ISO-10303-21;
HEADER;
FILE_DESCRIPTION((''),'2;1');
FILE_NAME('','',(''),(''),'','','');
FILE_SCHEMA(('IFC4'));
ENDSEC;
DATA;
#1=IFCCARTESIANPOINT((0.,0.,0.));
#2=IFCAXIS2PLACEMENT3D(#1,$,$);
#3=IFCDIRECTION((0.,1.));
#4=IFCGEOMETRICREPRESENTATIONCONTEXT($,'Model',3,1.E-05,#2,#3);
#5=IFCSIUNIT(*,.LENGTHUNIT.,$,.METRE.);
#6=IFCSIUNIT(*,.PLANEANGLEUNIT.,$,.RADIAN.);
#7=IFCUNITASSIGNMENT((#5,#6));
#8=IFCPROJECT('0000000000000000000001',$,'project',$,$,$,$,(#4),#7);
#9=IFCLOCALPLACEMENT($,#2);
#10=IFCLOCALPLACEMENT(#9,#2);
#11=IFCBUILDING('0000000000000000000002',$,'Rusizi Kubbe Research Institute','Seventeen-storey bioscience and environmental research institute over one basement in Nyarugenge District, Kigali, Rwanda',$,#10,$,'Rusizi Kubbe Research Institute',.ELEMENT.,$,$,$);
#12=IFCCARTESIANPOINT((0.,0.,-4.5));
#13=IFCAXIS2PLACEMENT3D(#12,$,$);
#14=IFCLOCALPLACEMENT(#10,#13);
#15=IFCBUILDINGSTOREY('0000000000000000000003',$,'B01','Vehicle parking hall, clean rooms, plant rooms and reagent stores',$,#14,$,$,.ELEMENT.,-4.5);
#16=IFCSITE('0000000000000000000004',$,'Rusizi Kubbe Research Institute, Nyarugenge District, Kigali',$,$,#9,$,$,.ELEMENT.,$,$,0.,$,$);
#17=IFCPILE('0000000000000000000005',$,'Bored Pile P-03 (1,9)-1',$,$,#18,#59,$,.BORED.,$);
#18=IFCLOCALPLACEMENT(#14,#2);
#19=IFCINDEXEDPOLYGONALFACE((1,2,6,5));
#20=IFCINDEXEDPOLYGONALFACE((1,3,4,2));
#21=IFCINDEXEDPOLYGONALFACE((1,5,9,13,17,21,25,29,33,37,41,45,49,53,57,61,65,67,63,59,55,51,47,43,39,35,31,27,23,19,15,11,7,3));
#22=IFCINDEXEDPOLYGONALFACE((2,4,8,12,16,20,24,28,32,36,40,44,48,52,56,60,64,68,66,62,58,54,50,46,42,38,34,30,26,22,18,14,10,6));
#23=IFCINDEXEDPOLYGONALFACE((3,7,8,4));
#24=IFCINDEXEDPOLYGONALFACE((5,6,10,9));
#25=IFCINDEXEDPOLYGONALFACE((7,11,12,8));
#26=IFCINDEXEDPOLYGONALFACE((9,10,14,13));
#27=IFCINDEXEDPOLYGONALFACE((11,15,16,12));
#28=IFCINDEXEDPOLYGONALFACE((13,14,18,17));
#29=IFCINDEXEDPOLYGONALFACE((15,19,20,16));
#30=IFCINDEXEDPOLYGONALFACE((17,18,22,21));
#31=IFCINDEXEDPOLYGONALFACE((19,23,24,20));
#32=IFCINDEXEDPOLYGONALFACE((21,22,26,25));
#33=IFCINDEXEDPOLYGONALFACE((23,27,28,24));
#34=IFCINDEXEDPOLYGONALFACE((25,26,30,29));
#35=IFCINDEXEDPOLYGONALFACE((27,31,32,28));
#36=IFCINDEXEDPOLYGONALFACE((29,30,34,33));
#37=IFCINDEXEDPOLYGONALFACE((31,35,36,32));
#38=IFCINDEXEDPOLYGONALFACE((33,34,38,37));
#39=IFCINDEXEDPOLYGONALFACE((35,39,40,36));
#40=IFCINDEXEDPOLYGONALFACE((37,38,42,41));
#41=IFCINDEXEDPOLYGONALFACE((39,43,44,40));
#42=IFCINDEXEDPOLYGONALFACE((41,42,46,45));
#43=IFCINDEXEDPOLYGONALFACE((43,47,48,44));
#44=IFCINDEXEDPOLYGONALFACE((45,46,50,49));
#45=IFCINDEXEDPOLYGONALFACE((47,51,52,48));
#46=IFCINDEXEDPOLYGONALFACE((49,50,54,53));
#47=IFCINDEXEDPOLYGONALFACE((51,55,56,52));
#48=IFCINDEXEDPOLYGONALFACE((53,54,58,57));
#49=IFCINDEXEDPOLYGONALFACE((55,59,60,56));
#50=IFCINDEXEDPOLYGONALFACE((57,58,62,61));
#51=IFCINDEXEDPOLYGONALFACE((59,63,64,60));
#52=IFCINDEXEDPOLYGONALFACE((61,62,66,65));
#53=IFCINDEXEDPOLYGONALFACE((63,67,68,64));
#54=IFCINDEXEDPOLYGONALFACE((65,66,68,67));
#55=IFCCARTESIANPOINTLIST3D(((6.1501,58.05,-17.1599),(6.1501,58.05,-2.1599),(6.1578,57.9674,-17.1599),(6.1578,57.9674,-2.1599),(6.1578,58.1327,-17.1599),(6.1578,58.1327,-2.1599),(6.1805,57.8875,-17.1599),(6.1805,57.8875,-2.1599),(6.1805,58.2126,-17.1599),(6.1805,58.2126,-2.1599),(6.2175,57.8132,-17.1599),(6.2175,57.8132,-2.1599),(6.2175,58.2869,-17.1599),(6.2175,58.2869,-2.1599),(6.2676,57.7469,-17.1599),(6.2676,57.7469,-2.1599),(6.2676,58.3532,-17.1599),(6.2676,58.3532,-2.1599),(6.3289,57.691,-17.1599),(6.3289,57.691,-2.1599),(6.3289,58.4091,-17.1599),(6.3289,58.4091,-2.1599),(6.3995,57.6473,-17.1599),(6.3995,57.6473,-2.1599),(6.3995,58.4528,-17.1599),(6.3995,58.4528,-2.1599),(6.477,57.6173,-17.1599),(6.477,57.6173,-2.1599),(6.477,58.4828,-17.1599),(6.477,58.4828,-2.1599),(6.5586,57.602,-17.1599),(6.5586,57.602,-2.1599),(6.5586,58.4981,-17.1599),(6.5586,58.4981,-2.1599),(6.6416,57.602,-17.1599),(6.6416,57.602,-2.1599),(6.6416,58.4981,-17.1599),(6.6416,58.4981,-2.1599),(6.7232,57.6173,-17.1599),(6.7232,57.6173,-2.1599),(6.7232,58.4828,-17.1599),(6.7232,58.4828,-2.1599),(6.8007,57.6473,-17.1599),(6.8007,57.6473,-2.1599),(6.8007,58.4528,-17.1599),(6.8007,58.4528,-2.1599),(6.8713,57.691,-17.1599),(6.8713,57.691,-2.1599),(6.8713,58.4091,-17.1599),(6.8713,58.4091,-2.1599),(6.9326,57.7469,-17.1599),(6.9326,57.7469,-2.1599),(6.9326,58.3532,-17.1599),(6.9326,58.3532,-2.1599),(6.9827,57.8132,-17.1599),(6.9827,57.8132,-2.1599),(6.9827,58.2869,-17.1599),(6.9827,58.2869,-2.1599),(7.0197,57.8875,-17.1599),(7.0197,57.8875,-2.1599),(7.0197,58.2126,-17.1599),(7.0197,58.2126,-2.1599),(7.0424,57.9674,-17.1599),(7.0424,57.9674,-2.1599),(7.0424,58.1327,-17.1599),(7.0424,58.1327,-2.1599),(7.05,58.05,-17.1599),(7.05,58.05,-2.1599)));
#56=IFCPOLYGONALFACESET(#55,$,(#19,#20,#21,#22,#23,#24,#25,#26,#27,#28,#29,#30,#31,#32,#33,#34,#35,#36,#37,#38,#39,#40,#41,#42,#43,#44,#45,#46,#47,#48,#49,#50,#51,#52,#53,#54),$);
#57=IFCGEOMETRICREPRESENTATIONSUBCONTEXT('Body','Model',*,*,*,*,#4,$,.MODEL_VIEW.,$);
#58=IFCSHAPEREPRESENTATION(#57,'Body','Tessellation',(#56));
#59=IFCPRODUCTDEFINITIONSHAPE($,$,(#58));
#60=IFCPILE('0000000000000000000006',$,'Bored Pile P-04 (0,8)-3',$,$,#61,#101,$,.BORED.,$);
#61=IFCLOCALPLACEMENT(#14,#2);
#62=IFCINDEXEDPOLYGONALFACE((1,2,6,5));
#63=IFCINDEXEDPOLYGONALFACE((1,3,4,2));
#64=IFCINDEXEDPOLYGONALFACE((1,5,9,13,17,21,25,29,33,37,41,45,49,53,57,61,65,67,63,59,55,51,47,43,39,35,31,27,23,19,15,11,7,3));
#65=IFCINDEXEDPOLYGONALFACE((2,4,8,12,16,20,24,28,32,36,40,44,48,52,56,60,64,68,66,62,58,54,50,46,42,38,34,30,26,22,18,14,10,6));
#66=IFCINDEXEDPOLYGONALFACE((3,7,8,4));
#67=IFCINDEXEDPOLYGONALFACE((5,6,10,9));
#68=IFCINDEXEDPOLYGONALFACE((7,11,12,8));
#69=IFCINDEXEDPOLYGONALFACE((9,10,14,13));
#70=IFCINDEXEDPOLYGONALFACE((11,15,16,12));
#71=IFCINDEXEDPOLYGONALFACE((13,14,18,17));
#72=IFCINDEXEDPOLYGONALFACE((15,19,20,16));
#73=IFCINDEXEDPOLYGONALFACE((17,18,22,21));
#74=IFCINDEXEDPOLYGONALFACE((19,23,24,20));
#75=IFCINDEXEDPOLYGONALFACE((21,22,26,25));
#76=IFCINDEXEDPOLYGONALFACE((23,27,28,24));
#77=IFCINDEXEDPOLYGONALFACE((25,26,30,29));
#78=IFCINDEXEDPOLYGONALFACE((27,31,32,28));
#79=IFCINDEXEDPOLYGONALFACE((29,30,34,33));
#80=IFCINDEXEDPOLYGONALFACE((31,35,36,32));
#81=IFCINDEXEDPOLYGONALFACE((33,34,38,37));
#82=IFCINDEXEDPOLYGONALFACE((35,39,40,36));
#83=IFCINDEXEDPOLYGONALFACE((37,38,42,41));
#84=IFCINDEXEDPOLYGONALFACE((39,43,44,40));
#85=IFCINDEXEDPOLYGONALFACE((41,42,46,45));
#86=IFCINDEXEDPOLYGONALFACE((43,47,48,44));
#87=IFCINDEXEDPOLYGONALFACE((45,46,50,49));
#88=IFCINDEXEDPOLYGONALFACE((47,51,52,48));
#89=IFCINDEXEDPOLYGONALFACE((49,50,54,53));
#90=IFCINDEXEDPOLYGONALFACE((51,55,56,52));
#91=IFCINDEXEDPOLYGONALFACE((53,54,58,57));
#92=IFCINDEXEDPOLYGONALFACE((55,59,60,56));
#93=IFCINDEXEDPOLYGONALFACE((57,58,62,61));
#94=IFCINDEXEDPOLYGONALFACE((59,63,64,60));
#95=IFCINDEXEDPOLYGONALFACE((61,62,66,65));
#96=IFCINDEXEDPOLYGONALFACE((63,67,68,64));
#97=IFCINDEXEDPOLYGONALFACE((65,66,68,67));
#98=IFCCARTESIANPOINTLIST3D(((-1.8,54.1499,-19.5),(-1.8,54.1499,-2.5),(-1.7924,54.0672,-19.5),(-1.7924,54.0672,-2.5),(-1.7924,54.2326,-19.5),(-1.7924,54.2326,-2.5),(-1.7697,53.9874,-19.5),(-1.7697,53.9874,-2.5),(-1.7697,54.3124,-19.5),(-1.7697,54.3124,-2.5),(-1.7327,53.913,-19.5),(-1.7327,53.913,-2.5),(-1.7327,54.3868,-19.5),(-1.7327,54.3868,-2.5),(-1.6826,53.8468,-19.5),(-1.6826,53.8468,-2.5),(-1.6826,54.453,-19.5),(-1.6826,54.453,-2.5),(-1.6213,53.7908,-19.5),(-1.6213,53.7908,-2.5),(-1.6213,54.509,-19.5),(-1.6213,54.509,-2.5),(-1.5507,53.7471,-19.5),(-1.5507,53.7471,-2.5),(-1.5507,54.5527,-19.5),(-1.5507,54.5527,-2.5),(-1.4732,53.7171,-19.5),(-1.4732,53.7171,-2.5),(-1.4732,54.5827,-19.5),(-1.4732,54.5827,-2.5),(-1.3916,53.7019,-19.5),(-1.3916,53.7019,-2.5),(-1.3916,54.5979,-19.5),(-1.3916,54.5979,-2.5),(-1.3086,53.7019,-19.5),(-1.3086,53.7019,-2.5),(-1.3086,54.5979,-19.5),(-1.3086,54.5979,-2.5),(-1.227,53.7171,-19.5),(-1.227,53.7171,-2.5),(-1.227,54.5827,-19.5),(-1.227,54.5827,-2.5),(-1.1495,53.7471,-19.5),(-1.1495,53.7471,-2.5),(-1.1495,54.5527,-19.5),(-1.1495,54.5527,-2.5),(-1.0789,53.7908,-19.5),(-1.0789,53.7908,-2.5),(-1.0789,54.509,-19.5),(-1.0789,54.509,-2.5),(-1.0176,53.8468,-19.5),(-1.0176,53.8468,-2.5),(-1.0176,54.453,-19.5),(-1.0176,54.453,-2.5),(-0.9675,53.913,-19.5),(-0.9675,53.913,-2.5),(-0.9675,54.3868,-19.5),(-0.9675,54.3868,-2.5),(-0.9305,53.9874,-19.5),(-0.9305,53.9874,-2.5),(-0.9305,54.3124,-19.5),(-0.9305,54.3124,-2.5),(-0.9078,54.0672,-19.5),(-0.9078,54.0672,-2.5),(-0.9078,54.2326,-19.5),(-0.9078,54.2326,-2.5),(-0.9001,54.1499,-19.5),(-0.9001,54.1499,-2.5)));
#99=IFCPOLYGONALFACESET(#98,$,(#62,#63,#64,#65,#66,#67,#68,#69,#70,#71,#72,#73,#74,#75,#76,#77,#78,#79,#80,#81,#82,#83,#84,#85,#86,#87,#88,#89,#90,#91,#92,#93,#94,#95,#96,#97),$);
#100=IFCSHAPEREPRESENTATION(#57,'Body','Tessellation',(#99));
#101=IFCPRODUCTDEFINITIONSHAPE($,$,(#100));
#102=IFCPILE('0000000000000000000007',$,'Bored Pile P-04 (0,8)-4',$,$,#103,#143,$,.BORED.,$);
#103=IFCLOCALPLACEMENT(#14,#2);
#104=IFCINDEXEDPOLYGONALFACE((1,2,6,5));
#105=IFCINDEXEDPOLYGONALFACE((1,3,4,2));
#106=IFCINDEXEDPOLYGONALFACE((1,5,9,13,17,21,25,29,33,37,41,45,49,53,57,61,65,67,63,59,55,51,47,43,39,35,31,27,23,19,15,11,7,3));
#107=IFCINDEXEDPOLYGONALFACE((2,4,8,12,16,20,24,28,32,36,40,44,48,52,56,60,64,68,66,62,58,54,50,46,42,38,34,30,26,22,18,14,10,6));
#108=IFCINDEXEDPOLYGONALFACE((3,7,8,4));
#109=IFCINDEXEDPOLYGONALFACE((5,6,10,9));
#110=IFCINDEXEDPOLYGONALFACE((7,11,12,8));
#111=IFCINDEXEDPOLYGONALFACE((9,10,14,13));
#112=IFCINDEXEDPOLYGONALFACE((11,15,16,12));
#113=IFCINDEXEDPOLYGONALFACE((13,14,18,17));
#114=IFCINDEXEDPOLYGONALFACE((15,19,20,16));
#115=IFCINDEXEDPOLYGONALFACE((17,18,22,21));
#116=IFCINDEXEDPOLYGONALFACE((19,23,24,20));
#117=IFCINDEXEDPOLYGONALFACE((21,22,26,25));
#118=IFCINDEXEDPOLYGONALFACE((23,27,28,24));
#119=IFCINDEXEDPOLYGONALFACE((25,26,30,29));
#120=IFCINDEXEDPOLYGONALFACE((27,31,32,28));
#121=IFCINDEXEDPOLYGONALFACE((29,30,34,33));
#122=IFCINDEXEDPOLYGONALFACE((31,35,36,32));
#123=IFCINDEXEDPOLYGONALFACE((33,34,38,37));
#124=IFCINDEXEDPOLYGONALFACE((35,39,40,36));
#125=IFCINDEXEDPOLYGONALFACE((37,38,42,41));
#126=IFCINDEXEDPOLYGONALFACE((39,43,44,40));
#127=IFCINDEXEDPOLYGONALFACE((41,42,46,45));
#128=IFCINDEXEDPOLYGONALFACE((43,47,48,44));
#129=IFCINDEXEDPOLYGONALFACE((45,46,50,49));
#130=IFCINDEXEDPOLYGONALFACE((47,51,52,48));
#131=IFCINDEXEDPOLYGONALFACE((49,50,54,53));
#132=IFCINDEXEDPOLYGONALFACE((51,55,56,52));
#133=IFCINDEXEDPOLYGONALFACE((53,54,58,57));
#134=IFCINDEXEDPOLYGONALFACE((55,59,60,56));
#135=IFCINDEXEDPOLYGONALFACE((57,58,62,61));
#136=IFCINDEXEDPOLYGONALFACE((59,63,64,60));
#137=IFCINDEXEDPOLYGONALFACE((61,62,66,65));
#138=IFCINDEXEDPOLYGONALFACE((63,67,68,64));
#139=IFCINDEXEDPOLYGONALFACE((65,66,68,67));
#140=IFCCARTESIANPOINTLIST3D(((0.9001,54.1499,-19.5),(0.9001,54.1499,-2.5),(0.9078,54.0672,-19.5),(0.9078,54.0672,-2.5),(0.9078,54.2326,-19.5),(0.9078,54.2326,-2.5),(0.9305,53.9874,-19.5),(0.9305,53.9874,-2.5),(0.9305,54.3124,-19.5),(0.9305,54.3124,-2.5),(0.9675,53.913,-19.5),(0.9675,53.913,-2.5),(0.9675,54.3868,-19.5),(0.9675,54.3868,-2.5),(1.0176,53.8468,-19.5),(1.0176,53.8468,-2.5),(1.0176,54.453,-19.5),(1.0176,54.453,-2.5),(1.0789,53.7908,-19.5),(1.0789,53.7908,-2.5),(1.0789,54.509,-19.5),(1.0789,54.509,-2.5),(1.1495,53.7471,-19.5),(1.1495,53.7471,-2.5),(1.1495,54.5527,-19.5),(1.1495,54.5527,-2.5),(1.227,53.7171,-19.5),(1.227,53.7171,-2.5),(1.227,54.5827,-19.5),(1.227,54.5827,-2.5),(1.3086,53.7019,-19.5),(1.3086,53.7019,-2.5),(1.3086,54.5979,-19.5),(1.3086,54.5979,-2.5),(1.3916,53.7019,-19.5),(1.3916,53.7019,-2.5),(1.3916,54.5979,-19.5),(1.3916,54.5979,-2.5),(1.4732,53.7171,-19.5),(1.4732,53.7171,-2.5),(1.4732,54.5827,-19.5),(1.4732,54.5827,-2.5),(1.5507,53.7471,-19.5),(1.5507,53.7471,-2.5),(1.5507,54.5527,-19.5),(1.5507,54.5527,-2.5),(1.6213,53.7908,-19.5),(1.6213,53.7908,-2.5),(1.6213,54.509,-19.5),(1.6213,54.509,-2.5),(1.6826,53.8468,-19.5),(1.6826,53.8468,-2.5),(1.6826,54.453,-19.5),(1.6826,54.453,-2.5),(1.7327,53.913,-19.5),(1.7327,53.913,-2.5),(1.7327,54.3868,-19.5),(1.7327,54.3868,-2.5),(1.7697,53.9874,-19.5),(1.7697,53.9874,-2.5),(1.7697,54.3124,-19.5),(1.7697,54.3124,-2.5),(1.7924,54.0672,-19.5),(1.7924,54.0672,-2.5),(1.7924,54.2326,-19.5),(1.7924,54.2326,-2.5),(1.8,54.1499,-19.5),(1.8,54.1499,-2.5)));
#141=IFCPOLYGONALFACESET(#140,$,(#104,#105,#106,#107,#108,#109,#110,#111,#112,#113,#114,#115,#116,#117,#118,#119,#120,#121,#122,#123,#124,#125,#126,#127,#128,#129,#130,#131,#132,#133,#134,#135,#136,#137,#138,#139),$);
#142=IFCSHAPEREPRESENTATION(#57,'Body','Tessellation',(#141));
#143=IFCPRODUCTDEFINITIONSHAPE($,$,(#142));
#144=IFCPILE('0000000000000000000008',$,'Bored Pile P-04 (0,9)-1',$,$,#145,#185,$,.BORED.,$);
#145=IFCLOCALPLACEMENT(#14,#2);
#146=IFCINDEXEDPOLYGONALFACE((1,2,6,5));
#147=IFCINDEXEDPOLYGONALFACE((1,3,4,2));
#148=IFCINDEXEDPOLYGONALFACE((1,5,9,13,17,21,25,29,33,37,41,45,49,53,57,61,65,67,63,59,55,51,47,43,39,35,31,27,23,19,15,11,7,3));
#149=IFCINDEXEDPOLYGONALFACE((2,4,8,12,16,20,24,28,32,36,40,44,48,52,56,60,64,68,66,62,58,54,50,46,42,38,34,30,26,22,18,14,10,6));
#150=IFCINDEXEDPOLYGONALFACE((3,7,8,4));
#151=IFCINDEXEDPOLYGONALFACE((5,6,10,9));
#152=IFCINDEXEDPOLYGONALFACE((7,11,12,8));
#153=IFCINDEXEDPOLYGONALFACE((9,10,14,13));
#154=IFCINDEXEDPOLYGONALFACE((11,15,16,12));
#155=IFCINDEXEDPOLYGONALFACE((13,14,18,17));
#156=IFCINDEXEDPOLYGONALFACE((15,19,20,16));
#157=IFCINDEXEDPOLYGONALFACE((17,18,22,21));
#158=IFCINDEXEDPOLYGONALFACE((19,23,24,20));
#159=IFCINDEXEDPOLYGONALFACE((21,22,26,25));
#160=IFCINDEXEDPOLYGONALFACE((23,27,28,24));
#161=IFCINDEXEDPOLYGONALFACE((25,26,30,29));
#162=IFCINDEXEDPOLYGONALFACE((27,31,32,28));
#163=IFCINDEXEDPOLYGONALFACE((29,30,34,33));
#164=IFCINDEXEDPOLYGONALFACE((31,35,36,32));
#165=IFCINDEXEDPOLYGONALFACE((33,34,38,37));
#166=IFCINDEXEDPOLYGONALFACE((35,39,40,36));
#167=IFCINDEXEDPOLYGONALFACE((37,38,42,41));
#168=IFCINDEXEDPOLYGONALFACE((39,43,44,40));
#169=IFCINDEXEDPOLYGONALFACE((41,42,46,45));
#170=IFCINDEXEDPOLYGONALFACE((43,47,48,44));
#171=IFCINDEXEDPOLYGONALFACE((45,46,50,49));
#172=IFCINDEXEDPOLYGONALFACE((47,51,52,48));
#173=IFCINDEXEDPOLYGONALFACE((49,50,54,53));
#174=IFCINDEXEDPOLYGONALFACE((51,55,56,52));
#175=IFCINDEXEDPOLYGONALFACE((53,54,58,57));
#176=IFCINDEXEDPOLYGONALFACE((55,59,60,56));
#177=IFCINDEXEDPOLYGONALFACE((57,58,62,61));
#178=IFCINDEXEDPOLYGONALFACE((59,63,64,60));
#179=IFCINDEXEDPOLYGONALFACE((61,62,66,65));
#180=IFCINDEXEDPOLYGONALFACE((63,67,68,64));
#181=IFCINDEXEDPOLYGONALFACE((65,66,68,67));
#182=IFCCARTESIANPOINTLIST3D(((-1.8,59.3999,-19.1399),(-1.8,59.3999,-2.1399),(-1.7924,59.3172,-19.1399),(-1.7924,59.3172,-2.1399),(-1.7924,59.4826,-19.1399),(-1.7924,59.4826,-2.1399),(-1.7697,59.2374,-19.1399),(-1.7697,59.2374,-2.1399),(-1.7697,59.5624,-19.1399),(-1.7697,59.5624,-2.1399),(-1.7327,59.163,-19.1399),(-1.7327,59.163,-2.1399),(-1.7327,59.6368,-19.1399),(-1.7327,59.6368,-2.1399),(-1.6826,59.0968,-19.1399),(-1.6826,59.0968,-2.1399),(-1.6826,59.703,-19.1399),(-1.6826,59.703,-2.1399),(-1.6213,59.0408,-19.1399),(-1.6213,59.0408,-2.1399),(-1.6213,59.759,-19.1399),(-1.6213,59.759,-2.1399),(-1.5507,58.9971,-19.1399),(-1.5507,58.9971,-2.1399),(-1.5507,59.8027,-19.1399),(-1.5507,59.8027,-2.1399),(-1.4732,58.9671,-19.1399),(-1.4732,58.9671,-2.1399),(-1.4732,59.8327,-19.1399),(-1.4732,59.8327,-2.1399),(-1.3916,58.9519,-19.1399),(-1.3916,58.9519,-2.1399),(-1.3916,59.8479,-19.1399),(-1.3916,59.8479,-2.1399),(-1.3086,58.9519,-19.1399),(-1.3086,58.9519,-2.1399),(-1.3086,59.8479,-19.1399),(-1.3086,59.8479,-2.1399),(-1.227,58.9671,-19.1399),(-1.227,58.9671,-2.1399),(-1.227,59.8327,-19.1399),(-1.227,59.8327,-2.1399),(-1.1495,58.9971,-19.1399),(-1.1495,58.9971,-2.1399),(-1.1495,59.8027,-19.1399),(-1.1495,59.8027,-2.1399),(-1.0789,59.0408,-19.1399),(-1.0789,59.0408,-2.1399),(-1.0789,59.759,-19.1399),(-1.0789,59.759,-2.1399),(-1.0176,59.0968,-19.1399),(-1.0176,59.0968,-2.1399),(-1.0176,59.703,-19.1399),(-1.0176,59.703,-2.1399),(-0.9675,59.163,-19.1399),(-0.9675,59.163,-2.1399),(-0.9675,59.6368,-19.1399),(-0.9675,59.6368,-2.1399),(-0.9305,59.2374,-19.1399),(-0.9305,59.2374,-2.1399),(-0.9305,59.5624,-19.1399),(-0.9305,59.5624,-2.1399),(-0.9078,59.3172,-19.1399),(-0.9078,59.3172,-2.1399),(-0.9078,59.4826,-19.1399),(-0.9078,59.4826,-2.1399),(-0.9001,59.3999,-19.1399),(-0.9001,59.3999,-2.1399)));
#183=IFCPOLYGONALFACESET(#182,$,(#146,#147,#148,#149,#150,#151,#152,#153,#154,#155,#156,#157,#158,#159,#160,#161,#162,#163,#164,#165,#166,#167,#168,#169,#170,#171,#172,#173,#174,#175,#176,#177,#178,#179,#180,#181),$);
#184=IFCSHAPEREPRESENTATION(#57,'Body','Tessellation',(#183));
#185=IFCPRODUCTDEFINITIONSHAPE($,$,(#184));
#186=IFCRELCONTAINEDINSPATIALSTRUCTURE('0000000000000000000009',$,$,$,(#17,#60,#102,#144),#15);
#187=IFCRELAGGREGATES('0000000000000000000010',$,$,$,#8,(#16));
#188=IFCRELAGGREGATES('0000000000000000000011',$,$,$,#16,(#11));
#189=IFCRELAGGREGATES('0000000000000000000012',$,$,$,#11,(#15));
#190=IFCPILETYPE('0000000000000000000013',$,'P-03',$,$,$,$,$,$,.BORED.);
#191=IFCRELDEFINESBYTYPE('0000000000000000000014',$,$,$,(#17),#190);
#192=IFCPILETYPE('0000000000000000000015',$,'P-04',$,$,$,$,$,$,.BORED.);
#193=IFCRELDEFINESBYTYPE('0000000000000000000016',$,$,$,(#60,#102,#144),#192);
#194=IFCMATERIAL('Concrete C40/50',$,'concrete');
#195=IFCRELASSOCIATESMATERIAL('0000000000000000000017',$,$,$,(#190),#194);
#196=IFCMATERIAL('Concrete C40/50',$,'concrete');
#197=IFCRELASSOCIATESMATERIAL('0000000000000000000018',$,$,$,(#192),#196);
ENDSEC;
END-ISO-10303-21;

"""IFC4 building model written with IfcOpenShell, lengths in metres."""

from ifc_helpers import new_model, si_unit, direction, frame, origin, origin_2d, place, context, subcontext, project, spatial, circle, extrude, material, material_profile, profile_set, type_object, element, save


model = new_model("IFC4")

# Units and contexts
model_context = context("Model", 3, precision=1e-05, world=origin(), true_north=direction((0.0, 1.0)))
body_context = subcontext(model_context, "Body", "Model", "MODEL_VIEW")
ifc_project = project(units=[si_unit("LENGTHUNIT", "METRE"), si_unit("PLANEANGLEUNIT", "RADIAN")], contexts=[model_context])

# Site, building, storey
site_placement = place(None, origin())
site = spatial("IfcSite", under=ifc_project, at=site_placement, Name="Rusizi Kubbe Research Institute, Nyarugenge District, Kigali", CompositionType="ELEMENT", RefElevation=0.0)
building_placement = place(site_placement, origin())
building = spatial("IfcBuilding", under=site, at=building_placement, Name="Rusizi Kubbe Research Institute", Description="Seventeen-storey bioscience and environmental research institute over one basement in Nyarugenge District, Kigali, Rwanda", LongName="Rusizi Kubbe Research Institute", CompositionType="ELEMENT")
storey_placement = place(building_placement, frame((0.0, 0.0, -4.5)))
storey = spatial("IfcBuildingStorey", under=building, at=storey_placement, Name="B01", Description="Vehicle parking hall, clean rooms, plant rooms and reagent stores", CompositionType="ELEMENT", Elevation=-4.5)

# Piles
ifc_material_1 = material(Name="Concrete C40/50", Category="concrete")
ifc_material_profile_1 = material_profile(ifc_material_1, circle(Radius=0.45, at=origin_2d()), Name="PILE-D900")
ifc_profile_set_1 = profile_set([ifc_material_profile_1], Name="Concrete C40/50")
pile_type_1 = type_object("IfcPileType", Name="P-03", PredefinedType="BORED", material=ifc_profile_set_1)
pile_placement = place(storey_placement, frame((6.6001, 58.05, -2.1599), z_axis=(0.0, 0.0, -1.0), x_axis=(1.0, 0.0, 0.0)))
element("IfcPile", 1, at=pile_placement, inside=storey, type_object=pile_type_1, Name="Bored Pile P-03 (1,9)-1", PredefinedType="BORED", context=body_context, shape_type="SweptSolid", body=[
    extrude(circle(Radius=0.45, at=origin_2d()), origin(), (0.0, 0.0, 1.0), 15.0),
])
ifc_material_2 = material(Name="Concrete C40/50", Category="concrete")
ifc_material_profile_2 = material_profile(ifc_material_2, circle(Radius=0.45, at=origin_2d()), Name="PILE-D900")
ifc_profile_set_2 = profile_set([ifc_material_profile_2], Name="Concrete C40/50")
pile_type_2 = type_object("IfcPileType", Name="P-04", PredefinedType="BORED", material=ifc_profile_set_2)
for number, where, z_axis, x_axis, name in (
    (2, (-1.3501, 54.1499, -2.5), (0.0, 0.0, -1.0), (1.0, 0.0, 0.0), "Bored Pile P-04 (0,8)-3"),
    (3, (1.3501, 54.1499, -2.5), (0.0, 0.0, -1.0), (1.0, 0.0, 0.0), "Bored Pile P-04 (0,8)-4"),
    (4, (-1.3501, 59.3999, -2.1399), (0.0, 0.0, -1.0), (1.0, 0.0, 0.0), "Bored Pile P-04 (0,9)-1"),
):
    element("IfcPile", number, at=place(storey_placement, frame(where, z_axis=z_axis, x_axis=x_axis)), inside=storey, type_object=pile_type_2, Name=name, PredefinedType="BORED", context=body_context, shape_type="SweptSolid", body=[
        extrude(circle(Radius=0.45, at=origin_2d()), origin(), (0.0, 0.0, 1.0), 17.0),
    ])

save(model, "model.ifc")
